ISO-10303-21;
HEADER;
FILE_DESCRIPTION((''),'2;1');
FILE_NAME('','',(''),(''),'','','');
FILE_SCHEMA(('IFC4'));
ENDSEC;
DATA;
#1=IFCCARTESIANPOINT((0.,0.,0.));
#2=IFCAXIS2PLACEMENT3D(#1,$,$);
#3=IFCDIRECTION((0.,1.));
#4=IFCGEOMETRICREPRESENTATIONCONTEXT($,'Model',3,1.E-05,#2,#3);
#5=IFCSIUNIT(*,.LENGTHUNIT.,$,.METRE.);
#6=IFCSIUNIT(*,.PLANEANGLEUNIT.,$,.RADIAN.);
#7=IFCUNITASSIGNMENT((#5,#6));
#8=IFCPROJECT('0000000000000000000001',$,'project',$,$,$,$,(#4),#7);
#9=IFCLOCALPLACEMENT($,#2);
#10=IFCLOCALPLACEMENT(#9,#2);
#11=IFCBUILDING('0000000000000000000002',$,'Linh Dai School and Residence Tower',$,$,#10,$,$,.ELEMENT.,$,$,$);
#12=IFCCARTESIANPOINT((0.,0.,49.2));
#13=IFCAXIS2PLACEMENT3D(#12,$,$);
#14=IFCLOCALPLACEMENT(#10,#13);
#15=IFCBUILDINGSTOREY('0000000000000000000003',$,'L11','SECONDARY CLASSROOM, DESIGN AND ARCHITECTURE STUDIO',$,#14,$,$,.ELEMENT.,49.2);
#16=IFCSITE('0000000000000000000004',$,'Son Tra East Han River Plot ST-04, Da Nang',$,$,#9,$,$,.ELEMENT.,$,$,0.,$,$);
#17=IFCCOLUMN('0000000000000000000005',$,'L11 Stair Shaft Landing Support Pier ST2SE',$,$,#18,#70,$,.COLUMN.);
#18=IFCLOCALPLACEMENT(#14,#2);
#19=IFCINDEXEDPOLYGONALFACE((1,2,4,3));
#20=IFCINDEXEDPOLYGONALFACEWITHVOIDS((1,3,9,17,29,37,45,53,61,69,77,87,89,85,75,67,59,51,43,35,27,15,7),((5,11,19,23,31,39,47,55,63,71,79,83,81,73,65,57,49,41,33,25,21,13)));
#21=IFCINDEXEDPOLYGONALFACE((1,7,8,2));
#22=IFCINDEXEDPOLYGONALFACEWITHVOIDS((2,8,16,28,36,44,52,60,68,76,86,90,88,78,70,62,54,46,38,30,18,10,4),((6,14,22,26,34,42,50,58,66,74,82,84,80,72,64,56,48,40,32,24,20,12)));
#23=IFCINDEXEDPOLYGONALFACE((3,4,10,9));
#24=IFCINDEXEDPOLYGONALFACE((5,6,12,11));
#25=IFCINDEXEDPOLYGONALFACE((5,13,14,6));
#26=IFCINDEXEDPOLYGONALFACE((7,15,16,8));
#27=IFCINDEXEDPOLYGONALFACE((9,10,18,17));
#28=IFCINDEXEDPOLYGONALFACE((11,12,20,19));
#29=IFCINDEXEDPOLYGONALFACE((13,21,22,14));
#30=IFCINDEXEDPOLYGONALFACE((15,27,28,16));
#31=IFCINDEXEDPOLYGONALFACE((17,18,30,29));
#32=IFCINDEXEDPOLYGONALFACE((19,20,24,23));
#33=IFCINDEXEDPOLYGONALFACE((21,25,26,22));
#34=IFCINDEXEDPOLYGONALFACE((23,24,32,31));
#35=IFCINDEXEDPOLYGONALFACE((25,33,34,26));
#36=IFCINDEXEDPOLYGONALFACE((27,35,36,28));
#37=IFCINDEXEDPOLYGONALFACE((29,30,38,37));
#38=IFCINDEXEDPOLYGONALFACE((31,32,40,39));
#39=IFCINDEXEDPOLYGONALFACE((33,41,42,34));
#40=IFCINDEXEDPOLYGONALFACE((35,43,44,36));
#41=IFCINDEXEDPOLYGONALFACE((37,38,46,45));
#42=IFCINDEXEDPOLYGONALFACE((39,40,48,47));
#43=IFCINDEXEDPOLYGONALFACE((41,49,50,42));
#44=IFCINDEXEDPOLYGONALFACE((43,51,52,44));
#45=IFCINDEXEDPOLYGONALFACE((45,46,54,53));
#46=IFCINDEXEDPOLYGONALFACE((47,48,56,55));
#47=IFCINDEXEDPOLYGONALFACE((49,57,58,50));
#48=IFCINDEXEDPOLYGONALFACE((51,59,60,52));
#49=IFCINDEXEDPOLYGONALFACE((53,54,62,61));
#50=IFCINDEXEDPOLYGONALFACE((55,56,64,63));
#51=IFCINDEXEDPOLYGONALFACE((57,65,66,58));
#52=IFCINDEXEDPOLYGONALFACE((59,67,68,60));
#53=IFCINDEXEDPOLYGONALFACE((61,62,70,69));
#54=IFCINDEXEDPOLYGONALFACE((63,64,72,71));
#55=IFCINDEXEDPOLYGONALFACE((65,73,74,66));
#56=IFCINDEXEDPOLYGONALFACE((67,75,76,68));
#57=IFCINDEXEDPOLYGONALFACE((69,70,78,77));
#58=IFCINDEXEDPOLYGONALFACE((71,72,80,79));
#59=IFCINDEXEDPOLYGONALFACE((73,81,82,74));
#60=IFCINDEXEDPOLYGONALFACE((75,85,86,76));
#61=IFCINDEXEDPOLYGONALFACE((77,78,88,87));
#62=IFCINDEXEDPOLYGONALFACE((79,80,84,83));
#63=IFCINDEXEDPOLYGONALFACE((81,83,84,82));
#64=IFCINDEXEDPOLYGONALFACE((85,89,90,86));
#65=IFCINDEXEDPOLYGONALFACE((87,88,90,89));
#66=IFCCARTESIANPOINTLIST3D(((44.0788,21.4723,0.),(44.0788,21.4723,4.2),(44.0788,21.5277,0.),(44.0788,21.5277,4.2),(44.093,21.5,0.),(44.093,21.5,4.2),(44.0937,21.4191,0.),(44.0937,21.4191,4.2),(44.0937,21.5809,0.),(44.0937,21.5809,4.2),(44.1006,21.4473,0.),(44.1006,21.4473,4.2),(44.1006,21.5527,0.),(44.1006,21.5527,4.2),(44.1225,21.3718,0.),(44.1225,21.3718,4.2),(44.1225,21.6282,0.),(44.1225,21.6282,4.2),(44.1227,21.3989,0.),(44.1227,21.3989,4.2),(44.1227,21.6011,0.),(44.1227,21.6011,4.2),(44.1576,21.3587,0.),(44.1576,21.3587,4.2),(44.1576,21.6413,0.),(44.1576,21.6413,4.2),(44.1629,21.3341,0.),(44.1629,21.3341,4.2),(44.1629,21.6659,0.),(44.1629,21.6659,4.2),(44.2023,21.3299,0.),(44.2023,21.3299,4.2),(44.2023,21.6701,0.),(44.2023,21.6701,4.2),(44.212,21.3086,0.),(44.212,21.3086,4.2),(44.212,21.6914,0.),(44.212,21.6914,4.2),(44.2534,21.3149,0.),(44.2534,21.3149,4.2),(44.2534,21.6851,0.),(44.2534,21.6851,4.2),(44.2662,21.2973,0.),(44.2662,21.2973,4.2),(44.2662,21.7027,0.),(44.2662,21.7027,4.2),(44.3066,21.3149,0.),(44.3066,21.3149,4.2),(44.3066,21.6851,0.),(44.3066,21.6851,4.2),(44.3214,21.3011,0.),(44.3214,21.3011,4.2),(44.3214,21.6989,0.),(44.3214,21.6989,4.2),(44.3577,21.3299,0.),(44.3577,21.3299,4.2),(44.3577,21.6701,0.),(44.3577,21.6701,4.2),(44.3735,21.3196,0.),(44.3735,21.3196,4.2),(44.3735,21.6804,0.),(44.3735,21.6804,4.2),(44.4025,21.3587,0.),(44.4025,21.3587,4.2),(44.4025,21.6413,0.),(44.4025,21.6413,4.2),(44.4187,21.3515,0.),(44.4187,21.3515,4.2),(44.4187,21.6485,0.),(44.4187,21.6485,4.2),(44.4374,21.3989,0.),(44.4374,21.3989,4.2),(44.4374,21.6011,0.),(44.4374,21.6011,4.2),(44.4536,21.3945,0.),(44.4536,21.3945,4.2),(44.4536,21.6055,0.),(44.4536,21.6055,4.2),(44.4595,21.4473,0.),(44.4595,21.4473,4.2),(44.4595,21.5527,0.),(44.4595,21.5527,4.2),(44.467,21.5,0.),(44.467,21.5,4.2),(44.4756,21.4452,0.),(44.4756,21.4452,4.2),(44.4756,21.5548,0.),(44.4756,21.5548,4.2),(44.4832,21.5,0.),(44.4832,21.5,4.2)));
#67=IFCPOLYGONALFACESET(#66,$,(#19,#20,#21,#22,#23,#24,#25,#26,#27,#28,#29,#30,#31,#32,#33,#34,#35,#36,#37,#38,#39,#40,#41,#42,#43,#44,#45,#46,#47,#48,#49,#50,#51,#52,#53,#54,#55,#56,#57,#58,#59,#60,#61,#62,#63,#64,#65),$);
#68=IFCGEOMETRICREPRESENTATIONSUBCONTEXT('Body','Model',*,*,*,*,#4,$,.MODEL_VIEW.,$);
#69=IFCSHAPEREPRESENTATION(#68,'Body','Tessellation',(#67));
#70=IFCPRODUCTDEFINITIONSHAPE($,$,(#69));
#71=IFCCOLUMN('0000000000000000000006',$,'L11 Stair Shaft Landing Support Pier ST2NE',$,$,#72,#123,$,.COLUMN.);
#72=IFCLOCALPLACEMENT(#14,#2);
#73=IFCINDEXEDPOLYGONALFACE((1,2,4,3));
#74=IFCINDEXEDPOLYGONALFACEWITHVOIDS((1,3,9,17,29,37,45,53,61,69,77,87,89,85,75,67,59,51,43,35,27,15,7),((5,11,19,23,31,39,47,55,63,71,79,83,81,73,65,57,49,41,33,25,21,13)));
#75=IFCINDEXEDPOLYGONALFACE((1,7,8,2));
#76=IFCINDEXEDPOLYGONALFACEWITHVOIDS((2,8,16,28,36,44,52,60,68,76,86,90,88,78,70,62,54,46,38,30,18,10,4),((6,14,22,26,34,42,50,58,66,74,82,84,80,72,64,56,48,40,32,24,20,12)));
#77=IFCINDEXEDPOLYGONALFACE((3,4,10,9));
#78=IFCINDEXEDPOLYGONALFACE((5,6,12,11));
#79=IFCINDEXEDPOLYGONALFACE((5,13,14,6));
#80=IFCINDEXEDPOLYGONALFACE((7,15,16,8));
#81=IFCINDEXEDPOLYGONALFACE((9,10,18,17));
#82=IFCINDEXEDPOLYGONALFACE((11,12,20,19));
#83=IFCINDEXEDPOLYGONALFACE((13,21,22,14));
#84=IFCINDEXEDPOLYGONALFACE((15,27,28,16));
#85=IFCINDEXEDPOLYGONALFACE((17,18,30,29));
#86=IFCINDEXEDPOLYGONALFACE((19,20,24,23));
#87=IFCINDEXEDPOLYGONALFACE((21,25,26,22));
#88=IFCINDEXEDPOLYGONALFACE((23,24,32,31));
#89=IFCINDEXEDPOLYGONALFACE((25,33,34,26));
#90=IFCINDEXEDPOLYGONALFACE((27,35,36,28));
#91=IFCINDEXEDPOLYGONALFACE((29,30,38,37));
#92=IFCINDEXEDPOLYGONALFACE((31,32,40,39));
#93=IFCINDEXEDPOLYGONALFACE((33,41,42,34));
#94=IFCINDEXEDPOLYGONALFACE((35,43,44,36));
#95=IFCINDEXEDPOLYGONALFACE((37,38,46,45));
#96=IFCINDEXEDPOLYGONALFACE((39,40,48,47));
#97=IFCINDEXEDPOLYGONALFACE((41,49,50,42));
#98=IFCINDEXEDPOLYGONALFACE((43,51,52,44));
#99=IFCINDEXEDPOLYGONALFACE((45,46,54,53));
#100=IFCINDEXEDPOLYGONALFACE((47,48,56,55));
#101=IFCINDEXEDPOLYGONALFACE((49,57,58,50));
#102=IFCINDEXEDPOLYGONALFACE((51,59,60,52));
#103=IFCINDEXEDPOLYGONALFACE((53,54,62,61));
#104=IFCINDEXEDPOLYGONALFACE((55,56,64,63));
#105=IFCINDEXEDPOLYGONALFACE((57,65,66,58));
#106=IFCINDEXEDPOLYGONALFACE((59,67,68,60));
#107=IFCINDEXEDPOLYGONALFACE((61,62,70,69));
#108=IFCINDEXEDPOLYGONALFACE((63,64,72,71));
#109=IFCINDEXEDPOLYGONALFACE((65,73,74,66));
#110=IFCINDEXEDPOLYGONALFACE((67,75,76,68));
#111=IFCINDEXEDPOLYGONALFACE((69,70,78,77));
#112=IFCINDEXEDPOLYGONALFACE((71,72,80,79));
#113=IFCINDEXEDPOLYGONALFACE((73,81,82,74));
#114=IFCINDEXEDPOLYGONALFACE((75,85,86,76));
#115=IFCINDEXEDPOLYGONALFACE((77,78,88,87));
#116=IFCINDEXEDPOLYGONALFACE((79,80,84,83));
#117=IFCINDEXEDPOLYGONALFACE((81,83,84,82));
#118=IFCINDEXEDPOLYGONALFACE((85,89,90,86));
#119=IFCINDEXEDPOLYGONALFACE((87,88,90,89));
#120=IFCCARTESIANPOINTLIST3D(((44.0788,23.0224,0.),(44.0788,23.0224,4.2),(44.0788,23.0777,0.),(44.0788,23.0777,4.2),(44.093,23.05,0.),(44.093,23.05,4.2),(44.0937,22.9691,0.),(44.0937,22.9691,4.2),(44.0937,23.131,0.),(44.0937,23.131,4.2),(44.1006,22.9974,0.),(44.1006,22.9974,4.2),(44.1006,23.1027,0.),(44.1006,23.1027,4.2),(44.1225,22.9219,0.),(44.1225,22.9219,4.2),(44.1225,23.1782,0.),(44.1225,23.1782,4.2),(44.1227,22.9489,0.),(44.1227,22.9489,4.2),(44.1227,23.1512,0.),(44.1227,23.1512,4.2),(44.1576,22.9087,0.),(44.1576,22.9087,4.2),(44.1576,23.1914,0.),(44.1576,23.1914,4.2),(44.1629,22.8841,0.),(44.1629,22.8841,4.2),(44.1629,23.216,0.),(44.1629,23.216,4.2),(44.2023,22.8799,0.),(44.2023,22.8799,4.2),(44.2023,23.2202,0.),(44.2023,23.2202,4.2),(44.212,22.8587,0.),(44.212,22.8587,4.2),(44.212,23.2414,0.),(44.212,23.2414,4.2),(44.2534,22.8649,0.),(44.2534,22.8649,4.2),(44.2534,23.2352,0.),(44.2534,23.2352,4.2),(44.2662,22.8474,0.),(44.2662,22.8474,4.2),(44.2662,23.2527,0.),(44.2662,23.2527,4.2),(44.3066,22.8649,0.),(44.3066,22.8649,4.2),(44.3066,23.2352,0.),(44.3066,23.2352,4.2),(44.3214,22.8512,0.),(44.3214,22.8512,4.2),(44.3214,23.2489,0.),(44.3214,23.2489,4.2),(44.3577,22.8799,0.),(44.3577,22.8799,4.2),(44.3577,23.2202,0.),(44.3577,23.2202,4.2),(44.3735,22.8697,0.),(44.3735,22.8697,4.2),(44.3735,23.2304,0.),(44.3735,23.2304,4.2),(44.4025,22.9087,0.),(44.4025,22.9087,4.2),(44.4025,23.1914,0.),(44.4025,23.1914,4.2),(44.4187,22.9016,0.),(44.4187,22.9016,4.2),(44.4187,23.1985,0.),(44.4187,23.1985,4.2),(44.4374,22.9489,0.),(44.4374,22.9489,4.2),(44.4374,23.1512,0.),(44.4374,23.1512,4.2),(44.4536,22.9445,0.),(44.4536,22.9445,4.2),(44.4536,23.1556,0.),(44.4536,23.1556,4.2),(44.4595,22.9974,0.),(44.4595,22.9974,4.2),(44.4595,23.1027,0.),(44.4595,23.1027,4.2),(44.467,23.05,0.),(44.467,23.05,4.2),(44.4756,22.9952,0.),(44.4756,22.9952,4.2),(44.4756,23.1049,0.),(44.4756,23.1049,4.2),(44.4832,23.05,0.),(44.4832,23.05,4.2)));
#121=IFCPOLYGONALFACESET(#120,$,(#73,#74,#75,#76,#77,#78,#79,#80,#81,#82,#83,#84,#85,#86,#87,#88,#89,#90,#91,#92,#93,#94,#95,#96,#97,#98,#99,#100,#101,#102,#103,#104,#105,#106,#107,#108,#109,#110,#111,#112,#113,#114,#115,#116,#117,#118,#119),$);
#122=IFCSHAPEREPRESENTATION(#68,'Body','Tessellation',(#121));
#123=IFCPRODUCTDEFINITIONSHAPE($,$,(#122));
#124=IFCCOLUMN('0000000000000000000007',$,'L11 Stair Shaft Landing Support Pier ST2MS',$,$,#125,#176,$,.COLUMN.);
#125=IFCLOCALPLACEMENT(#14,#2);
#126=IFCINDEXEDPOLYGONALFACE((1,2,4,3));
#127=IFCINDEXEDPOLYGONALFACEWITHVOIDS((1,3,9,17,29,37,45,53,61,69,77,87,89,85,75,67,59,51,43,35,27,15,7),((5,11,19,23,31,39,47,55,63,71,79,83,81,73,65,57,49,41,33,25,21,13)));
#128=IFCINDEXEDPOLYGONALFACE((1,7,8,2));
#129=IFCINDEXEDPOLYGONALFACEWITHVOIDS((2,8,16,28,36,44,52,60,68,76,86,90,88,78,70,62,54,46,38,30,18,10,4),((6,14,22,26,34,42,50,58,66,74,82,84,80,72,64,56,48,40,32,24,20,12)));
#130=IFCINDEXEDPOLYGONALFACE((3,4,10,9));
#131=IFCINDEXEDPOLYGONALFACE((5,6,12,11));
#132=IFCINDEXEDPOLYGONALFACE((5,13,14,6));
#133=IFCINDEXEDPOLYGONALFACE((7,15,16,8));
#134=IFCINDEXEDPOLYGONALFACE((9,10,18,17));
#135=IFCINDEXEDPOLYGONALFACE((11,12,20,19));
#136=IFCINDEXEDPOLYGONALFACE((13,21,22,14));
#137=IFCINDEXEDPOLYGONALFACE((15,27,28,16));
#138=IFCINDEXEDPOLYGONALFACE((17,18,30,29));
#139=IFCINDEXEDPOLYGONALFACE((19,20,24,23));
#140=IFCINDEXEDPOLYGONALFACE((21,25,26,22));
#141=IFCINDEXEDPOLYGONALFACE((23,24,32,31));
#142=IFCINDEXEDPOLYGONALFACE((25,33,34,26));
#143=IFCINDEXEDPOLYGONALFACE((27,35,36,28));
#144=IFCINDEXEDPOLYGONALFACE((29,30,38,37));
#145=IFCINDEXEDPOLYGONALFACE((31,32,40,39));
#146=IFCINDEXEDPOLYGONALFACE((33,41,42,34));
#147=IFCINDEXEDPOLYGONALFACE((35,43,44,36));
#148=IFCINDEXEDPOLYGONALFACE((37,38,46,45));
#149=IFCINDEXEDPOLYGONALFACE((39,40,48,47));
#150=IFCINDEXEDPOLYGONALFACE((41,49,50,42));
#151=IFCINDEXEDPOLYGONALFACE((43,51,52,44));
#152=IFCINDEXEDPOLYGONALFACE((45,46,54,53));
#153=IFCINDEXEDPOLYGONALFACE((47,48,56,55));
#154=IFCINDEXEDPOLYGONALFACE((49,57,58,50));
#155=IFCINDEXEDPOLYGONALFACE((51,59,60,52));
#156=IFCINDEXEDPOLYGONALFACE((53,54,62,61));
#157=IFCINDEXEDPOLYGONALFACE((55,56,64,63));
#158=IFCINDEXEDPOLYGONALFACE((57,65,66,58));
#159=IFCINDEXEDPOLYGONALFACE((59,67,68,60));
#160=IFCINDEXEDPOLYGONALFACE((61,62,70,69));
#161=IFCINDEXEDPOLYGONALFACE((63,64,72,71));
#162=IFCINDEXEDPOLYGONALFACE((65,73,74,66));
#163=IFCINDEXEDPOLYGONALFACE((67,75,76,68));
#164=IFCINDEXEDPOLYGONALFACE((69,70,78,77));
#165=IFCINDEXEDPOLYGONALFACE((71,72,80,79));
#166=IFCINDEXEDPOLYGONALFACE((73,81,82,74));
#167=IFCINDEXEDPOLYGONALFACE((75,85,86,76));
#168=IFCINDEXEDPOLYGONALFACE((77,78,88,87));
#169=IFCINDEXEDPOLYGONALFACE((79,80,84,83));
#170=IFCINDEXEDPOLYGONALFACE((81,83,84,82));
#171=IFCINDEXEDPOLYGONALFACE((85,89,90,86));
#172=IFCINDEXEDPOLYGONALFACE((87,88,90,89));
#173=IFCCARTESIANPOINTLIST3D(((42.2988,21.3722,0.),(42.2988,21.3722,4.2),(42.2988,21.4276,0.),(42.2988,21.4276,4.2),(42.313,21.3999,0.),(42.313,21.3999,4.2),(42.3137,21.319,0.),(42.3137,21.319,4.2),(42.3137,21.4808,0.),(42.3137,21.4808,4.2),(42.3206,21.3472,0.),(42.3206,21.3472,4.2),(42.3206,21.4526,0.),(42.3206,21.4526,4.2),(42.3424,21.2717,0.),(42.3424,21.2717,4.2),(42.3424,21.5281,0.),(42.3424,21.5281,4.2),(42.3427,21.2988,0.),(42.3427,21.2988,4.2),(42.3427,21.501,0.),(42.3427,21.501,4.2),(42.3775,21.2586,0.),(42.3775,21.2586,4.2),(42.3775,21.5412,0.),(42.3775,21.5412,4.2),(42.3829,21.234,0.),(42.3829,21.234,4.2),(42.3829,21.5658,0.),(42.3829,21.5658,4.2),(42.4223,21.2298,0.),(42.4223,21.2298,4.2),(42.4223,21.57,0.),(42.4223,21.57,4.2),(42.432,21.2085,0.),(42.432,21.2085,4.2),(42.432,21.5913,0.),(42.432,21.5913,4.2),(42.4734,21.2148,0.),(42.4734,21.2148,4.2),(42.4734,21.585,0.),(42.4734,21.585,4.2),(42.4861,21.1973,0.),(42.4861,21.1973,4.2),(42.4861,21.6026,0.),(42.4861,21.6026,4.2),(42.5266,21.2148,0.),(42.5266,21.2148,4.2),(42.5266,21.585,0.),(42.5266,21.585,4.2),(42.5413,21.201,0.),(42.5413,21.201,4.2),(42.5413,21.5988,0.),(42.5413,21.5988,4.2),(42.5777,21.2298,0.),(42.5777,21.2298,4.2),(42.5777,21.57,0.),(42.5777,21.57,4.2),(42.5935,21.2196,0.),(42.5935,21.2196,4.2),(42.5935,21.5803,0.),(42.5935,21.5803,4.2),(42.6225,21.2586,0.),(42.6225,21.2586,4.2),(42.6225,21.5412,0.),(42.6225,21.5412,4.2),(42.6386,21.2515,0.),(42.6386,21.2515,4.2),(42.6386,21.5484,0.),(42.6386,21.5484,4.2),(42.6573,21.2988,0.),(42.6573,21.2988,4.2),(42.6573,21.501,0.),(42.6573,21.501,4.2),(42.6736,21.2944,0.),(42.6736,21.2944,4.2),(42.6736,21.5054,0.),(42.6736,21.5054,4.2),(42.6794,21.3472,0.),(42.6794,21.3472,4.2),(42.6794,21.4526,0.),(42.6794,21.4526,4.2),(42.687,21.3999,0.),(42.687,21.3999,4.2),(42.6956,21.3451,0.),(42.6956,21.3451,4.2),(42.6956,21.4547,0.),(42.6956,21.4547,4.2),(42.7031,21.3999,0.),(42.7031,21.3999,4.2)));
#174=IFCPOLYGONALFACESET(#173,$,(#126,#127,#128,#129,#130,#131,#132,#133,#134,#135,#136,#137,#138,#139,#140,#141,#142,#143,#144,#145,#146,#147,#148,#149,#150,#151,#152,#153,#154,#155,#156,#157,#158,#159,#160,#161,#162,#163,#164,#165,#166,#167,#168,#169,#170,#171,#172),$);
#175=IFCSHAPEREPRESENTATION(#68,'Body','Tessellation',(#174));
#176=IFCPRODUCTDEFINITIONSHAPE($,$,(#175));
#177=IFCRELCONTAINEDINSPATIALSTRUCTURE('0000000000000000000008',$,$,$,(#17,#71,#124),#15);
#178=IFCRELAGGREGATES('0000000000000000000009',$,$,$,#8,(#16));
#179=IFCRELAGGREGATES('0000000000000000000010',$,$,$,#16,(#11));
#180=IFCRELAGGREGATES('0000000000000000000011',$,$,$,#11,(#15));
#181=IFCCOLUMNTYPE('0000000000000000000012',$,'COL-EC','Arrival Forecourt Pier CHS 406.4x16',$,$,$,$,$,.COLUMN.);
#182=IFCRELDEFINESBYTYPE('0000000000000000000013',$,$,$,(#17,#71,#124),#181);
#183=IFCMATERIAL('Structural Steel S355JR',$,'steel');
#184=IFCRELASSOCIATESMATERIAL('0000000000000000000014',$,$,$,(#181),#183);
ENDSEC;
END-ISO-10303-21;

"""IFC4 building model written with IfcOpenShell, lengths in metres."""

from ifc_helpers import new_model, si_unit, direction, frame, origin, origin_2d, place, context, subcontext, project, spatial, hollow_circle, extrude, material, material_profile, profile_set, type_object, element, save


model = new_model("IFC4")

# Units and contexts
model_context = context("Model", 3, precision=1e-05, world=origin(), true_north=direction((0.0, 1.0)))
body_context = subcontext(model_context, "Body", "Model", "MODEL_VIEW")
ifc_project = project(units=[si_unit("LENGTHUNIT", "METRE"), si_unit("PLANEANGLEUNIT", "RADIAN")], contexts=[model_context])

# Site, building, storey
site_placement = place(None, origin())
site = spatial("IfcSite", under=ifc_project, at=site_placement, Name="Son Tra East Han River Plot ST-04, Da Nang", CompositionType="ELEMENT", RefElevation=0.0)
building_placement = place(site_placement, origin())
building = spatial("IfcBuilding", under=site, at=building_placement, Name="Linh Dai School and Residence Tower", CompositionType="ELEMENT")
storey_placement = place(building_placement, frame((0.0, 0.0, 49.2)))
storey = spatial("IfcBuildingStorey", under=building, at=storey_placement, Name="L11", Description="SECONDARY CLASSROOM, DESIGN AND ARCHITECTURE STUDIO", CompositionType="ELEMENT", Elevation=49.2)

# Columns
ifc_material_1 = material(Name="Structural Steel S355JR", Category="steel")
ifc_material_profile_1 = material_profile(ifc_material_1, hollow_circle(Radius=0.2031, WallThickness=0.0161, at=origin_2d()), Name="CHS 406.4x16")
ifc_profile_set_1 = profile_set([ifc_material_profile_1], Name="Structural Steel S355JR")
column_type_1 = type_object("IfcColumnType", Name="COL-EC", Description="Arrival Forecourt Pier CHS 406.4x16", PredefinedType="COLUMN", material=ifc_profile_set_1)
for number, where, z_axis, x_axis, name in (
    (1, (44.28, 21.5, 0.0), (0.0, 0.0, 1.0), (1.0, 0.0, 0.0), "L11 Stair Shaft Landing Support Pier ST2SE"),
    (2, (44.28, 23.05, 0.0), (0.0, 0.0, 1.0), (1.0, 0.0, 0.0), "L11 Stair Shaft Landing Support Pier ST2NE"),
    (3, (42.5, 21.3999, 0.0), (0.0, 0.0, 1.0), (1.0, 0.0, 0.0), "L11 Stair Shaft Landing Support Pier ST2MS"),
):
    element("IfcColumn", number, at=place(storey_placement, frame(where, z_axis=z_axis, x_axis=x_axis)), inside=storey, type_object=column_type_1, Name=name, PredefinedType="COLUMN", context=body_context, shape_type="SweptSolid", body=[
        extrude(hollow_circle(Radius=0.2031, WallThickness=0.0161, at=origin_2d()), origin(), (0.0, 0.0, 1.0), 4.2),
    ])

save(model, "model.ifc")
